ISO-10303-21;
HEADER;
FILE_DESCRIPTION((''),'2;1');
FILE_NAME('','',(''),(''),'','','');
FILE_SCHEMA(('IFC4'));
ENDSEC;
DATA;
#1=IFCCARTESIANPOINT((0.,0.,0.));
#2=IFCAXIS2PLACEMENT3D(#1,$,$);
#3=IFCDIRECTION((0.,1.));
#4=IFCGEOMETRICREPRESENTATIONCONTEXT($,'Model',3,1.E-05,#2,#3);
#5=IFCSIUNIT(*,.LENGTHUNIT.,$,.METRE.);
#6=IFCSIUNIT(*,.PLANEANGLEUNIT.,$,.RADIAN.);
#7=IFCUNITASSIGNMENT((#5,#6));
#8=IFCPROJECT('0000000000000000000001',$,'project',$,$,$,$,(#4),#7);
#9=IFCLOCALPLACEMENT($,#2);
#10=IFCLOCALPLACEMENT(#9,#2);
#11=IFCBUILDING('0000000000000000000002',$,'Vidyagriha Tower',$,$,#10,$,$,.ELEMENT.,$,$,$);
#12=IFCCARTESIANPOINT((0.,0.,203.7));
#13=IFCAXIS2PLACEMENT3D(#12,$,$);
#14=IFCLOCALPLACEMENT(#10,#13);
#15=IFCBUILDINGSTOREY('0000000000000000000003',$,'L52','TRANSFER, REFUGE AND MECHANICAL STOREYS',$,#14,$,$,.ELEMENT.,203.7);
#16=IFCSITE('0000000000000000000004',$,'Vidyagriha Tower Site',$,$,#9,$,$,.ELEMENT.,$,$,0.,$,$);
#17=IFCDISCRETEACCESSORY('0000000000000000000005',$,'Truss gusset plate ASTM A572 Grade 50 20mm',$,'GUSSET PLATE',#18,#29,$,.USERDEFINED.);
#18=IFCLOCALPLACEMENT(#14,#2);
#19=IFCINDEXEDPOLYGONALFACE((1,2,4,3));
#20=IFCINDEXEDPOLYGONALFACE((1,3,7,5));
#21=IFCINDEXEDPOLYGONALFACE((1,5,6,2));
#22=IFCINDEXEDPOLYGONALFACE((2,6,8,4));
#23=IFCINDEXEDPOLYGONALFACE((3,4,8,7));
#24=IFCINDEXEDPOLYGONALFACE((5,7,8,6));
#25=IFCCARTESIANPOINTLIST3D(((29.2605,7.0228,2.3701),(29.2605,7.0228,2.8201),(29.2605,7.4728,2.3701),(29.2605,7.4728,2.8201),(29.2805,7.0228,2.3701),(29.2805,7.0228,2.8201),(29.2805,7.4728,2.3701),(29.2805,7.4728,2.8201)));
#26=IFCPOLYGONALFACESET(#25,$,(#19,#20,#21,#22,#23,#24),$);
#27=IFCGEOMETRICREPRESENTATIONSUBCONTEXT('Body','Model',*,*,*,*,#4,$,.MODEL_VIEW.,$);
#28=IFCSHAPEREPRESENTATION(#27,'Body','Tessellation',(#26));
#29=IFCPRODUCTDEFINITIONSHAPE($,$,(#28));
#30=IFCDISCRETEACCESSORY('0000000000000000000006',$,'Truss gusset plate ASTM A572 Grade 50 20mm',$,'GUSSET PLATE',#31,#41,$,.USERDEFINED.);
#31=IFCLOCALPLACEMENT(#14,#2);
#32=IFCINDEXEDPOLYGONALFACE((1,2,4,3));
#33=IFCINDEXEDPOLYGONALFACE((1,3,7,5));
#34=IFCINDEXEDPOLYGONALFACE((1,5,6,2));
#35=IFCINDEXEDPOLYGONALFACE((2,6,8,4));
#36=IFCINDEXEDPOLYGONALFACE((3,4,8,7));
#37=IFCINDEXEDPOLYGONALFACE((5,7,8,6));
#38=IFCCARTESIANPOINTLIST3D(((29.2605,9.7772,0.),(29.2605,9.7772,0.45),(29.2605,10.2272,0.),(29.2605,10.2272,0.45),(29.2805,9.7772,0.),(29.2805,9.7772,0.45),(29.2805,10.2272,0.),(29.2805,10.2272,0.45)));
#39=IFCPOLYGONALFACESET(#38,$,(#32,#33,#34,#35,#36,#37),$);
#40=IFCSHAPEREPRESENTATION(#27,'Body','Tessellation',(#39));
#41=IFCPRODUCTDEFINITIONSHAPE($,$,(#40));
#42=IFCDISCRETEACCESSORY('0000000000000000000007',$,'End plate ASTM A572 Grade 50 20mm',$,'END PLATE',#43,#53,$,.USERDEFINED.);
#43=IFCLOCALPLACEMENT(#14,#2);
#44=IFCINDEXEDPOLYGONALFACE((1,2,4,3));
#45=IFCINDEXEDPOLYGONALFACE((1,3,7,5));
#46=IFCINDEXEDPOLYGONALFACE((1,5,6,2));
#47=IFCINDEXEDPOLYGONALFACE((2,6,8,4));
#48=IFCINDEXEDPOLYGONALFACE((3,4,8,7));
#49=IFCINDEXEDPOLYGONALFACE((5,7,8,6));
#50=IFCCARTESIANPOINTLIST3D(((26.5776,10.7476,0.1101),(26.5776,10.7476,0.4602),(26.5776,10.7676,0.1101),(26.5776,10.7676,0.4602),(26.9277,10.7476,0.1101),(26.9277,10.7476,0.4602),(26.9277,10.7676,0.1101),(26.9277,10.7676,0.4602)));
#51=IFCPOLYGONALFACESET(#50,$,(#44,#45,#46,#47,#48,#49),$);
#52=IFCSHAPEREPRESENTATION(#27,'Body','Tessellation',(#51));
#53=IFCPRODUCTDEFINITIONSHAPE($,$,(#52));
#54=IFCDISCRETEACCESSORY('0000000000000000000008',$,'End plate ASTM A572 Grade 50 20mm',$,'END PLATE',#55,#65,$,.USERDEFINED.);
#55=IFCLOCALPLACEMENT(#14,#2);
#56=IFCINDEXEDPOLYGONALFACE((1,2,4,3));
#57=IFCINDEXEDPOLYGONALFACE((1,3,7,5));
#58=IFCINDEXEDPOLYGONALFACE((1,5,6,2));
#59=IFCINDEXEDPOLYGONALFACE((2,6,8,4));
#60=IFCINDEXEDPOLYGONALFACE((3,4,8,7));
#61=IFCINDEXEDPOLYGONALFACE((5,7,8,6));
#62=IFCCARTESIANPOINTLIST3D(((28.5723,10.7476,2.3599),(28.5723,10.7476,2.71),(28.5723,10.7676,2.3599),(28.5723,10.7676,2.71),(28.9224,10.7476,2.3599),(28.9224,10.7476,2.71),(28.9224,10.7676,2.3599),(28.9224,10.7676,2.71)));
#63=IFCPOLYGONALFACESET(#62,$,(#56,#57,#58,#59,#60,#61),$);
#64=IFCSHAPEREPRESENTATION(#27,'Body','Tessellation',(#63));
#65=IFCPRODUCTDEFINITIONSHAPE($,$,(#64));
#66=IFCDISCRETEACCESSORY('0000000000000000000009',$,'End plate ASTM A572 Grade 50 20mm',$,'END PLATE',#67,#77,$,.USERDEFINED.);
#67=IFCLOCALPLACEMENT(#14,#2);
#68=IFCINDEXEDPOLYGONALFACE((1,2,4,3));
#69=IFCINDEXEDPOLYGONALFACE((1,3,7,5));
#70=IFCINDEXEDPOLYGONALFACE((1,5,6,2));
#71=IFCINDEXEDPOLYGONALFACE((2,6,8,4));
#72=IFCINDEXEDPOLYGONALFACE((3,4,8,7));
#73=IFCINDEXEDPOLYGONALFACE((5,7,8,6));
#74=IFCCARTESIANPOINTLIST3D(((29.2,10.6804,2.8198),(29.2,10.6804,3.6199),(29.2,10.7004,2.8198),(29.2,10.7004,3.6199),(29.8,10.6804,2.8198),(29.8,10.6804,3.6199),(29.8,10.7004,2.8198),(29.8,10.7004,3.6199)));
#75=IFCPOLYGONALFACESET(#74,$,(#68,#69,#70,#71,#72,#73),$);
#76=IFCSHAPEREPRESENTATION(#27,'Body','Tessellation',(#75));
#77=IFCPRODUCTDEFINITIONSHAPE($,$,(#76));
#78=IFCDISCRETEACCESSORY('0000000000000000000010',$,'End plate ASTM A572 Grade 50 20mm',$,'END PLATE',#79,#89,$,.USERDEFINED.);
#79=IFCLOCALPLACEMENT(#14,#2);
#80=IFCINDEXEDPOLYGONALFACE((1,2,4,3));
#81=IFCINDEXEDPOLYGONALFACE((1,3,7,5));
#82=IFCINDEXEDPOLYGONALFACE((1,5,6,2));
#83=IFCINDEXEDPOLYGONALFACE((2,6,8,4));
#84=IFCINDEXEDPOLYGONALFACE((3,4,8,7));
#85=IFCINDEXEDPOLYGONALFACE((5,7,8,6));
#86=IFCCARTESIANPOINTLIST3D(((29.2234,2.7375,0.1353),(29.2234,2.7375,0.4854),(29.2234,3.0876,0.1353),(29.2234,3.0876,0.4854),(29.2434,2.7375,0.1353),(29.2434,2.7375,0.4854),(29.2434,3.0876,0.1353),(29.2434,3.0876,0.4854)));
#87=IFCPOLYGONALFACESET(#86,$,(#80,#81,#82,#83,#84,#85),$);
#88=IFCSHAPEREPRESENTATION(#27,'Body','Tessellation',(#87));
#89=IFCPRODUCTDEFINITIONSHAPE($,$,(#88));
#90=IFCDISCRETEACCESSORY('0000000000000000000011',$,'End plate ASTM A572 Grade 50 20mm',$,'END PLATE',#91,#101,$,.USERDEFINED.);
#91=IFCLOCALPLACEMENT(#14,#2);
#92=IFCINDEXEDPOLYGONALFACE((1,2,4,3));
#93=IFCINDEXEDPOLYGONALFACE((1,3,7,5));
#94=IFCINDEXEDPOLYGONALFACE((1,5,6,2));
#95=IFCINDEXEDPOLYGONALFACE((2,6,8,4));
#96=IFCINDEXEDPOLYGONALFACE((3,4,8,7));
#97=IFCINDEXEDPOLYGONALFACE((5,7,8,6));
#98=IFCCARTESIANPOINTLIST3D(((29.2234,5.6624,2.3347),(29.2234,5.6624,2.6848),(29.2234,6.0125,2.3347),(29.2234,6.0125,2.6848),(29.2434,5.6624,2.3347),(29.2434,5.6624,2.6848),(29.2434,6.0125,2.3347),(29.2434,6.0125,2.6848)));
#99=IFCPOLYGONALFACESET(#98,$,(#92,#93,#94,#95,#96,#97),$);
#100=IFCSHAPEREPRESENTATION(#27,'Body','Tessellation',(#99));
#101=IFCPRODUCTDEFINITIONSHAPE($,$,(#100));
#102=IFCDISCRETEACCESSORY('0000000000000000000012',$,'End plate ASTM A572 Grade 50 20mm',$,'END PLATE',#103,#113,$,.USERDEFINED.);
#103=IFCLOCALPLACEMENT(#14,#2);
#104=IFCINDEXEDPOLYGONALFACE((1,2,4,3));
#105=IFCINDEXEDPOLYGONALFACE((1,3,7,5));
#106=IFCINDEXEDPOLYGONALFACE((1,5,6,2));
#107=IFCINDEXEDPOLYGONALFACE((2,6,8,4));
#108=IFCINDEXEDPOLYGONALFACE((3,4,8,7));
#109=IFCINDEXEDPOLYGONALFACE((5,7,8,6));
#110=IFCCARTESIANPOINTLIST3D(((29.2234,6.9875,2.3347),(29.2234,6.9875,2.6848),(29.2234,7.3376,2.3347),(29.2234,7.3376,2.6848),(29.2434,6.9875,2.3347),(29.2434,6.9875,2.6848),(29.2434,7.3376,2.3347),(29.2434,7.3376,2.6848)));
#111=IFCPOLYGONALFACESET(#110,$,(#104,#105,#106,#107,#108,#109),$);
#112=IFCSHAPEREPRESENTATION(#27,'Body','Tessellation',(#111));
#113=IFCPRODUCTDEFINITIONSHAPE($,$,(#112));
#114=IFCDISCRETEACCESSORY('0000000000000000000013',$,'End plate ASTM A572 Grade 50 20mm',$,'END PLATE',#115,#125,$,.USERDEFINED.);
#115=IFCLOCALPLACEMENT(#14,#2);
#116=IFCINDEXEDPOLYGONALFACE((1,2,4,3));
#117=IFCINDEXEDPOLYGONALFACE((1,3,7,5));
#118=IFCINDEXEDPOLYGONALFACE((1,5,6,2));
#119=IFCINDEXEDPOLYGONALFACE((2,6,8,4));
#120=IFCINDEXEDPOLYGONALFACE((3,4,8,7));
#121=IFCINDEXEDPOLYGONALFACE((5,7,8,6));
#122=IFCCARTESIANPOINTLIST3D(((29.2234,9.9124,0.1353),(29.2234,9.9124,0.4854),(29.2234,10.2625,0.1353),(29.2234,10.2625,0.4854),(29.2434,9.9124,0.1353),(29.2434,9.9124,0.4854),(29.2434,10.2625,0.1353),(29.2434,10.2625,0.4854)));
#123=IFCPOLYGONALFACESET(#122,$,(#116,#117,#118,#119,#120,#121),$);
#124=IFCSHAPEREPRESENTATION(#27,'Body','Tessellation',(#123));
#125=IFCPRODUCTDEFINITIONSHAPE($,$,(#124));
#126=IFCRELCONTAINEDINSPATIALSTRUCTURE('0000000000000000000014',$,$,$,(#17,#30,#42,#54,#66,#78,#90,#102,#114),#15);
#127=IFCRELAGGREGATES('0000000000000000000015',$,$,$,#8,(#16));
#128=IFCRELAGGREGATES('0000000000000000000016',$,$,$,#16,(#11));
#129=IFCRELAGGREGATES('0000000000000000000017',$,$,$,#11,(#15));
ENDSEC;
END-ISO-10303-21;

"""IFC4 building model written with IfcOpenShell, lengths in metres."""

from ifc_helpers import new_model, si_unit, direction, frame, origin, origin_2d, place, context, subcontext, project, spatial, rectangle, extrude, element, save


model = new_model("IFC4")

# Units and contexts
model_context = context("Model", 3, precision=1e-05, world=origin(), true_north=direction((0.0, 1.0)))
body_context = subcontext(model_context, "Body", "Model", "MODEL_VIEW")
ifc_project = project(units=[si_unit("LENGTHUNIT", "METRE"), si_unit("PLANEANGLEUNIT", "RADIAN")], contexts=[model_context])

# Site, building, storey
site_placement = place(None, origin())
site = spatial("IfcSite", under=ifc_project, at=site_placement, Name="Vidyagriha Tower Site", CompositionType="ELEMENT", RefElevation=0.0)
building_placement = place(site_placement, origin())
building = spatial("IfcBuilding", under=site, at=building_placement, Name="Vidyagriha Tower", CompositionType="ELEMENT")
storey_placement = place(building_placement, frame((0.0, 0.0, 203.7)))
storey = spatial("IfcBuildingStorey", under=building, at=storey_placement, Name="L52", Description="TRANSFER, REFUGE AND MECHANICAL STOREYS", CompositionType="ELEMENT", Elevation=203.7)

# Discrete accessories
for number, where, z_axis, x_axis, name in (
    (1, (29.2705, 7.2478, 2.3701), (0.0, 0.0, 1.0), (0.0, 1.0, 0.0), "Truss gusset plate ASTM A572 Grade 50 20mm"),
    (2, (29.2705, 10.0022, 0.0), (0.0, 0.0, 1.0), (0.0, 1.0, 0.0), "Truss gusset plate ASTM A572 Grade 50 20mm"),
):
    element("IfcDiscreteAccessory", number, at=place(storey_placement, frame(where, z_axis=z_axis, x_axis=x_axis)), inside=storey, Name=name, ObjectType="GUSSET PLATE", PredefinedType="USERDEFINED", context=body_context, shape_type="SweptSolid", body=[
        extrude(rectangle(XDim=0.45, YDim=0.02, at=origin_2d()), origin(), (0.0, 0.0, 1.0), 0.45),
    ])
discrete_accessory_1_placement = place(storey_placement, frame((26.7527, 10.7576, 0.1101), z_axis=(0.0, 0.0, 1.0), x_axis=(-1.0, 0.0, 0.0)))
element("IfcDiscreteAccessory", 3, at=discrete_accessory_1_placement, inside=storey, Name="End plate ASTM A572 Grade 50 20mm", ObjectType="END PLATE", PredefinedType="USERDEFINED", context=body_context, shape_type="SweptSolid", body=[
    extrude(rectangle(XDim=0.3501, YDim=0.02, at=origin_2d()), origin(), (0.0, 0.0, 1.0), 0.3501),
])
discrete_accessory_2_placement = place(storey_placement, frame((28.7473, 10.7576, 2.3599)))
element("IfcDiscreteAccessory", 4, at=discrete_accessory_2_placement, inside=storey, Name="End plate ASTM A572 Grade 50 20mm", ObjectType="END PLATE", PredefinedType="USERDEFINED", context=body_context, shape_type="SweptSolid", body=[
    extrude(rectangle(XDim=0.3501, YDim=0.02, at=origin_2d()), origin(), (0.0, 0.0, 1.0), 0.3501),
])
discrete_accessory_3_placement = place(storey_placement, frame((29.5, 10.6904, 2.8198), z_axis=(0.0, 0.0, 1.0), x_axis=(0.0, 1.0, 0.0)))
element("IfcDiscreteAccessory", 5, at=discrete_accessory_3_placement, inside=storey, Name="End plate ASTM A572 Grade 50 20mm", ObjectType="END PLATE", PredefinedType="USERDEFINED", context=body_context, shape_type="SweptSolid", body=[
    extrude(rectangle(XDim=0.02, YDim=0.6001, at=origin_2d()), origin(), (0.0, 0.0, 1.0), 0.8),
])
for number, where, z_axis, x_axis, name in (
    (6, (29.2334, 2.9126, 0.1353), (0.0, 0.0, 1.0), (0.0, -1.0, 0.0), "End plate ASTM A572 Grade 50 20mm"),
    (7, (29.2334, 5.8374, 2.3347), (0.0, 0.0, 1.0), (0.0, 1.0, 0.0), "End plate ASTM A572 Grade 50 20mm"),
    (8, (29.2334, 7.1626, 2.3347), (0.0, 0.0, 1.0), (0.0, -1.0, 0.0), "End plate ASTM A572 Grade 50 20mm"),
    (9, (29.2334, 10.0874, 0.1353), (0.0, 0.0, 1.0), (0.0, 1.0, 0.0), "End plate ASTM A572 Grade 50 20mm"),
):
    element("IfcDiscreteAccessory", number, at=place(storey_placement, frame(where, z_axis=z_axis, x_axis=x_axis)), inside=storey, Name=name, ObjectType="END PLATE", PredefinedType="USERDEFINED", context=body_context, shape_type="SweptSolid", body=[
        extrude(rectangle(XDim=0.3501, YDim=0.02, at=origin_2d()), origin(), (0.0, 0.0, 1.0), 0.3501),
    ])

save(model, "model.ifc")
